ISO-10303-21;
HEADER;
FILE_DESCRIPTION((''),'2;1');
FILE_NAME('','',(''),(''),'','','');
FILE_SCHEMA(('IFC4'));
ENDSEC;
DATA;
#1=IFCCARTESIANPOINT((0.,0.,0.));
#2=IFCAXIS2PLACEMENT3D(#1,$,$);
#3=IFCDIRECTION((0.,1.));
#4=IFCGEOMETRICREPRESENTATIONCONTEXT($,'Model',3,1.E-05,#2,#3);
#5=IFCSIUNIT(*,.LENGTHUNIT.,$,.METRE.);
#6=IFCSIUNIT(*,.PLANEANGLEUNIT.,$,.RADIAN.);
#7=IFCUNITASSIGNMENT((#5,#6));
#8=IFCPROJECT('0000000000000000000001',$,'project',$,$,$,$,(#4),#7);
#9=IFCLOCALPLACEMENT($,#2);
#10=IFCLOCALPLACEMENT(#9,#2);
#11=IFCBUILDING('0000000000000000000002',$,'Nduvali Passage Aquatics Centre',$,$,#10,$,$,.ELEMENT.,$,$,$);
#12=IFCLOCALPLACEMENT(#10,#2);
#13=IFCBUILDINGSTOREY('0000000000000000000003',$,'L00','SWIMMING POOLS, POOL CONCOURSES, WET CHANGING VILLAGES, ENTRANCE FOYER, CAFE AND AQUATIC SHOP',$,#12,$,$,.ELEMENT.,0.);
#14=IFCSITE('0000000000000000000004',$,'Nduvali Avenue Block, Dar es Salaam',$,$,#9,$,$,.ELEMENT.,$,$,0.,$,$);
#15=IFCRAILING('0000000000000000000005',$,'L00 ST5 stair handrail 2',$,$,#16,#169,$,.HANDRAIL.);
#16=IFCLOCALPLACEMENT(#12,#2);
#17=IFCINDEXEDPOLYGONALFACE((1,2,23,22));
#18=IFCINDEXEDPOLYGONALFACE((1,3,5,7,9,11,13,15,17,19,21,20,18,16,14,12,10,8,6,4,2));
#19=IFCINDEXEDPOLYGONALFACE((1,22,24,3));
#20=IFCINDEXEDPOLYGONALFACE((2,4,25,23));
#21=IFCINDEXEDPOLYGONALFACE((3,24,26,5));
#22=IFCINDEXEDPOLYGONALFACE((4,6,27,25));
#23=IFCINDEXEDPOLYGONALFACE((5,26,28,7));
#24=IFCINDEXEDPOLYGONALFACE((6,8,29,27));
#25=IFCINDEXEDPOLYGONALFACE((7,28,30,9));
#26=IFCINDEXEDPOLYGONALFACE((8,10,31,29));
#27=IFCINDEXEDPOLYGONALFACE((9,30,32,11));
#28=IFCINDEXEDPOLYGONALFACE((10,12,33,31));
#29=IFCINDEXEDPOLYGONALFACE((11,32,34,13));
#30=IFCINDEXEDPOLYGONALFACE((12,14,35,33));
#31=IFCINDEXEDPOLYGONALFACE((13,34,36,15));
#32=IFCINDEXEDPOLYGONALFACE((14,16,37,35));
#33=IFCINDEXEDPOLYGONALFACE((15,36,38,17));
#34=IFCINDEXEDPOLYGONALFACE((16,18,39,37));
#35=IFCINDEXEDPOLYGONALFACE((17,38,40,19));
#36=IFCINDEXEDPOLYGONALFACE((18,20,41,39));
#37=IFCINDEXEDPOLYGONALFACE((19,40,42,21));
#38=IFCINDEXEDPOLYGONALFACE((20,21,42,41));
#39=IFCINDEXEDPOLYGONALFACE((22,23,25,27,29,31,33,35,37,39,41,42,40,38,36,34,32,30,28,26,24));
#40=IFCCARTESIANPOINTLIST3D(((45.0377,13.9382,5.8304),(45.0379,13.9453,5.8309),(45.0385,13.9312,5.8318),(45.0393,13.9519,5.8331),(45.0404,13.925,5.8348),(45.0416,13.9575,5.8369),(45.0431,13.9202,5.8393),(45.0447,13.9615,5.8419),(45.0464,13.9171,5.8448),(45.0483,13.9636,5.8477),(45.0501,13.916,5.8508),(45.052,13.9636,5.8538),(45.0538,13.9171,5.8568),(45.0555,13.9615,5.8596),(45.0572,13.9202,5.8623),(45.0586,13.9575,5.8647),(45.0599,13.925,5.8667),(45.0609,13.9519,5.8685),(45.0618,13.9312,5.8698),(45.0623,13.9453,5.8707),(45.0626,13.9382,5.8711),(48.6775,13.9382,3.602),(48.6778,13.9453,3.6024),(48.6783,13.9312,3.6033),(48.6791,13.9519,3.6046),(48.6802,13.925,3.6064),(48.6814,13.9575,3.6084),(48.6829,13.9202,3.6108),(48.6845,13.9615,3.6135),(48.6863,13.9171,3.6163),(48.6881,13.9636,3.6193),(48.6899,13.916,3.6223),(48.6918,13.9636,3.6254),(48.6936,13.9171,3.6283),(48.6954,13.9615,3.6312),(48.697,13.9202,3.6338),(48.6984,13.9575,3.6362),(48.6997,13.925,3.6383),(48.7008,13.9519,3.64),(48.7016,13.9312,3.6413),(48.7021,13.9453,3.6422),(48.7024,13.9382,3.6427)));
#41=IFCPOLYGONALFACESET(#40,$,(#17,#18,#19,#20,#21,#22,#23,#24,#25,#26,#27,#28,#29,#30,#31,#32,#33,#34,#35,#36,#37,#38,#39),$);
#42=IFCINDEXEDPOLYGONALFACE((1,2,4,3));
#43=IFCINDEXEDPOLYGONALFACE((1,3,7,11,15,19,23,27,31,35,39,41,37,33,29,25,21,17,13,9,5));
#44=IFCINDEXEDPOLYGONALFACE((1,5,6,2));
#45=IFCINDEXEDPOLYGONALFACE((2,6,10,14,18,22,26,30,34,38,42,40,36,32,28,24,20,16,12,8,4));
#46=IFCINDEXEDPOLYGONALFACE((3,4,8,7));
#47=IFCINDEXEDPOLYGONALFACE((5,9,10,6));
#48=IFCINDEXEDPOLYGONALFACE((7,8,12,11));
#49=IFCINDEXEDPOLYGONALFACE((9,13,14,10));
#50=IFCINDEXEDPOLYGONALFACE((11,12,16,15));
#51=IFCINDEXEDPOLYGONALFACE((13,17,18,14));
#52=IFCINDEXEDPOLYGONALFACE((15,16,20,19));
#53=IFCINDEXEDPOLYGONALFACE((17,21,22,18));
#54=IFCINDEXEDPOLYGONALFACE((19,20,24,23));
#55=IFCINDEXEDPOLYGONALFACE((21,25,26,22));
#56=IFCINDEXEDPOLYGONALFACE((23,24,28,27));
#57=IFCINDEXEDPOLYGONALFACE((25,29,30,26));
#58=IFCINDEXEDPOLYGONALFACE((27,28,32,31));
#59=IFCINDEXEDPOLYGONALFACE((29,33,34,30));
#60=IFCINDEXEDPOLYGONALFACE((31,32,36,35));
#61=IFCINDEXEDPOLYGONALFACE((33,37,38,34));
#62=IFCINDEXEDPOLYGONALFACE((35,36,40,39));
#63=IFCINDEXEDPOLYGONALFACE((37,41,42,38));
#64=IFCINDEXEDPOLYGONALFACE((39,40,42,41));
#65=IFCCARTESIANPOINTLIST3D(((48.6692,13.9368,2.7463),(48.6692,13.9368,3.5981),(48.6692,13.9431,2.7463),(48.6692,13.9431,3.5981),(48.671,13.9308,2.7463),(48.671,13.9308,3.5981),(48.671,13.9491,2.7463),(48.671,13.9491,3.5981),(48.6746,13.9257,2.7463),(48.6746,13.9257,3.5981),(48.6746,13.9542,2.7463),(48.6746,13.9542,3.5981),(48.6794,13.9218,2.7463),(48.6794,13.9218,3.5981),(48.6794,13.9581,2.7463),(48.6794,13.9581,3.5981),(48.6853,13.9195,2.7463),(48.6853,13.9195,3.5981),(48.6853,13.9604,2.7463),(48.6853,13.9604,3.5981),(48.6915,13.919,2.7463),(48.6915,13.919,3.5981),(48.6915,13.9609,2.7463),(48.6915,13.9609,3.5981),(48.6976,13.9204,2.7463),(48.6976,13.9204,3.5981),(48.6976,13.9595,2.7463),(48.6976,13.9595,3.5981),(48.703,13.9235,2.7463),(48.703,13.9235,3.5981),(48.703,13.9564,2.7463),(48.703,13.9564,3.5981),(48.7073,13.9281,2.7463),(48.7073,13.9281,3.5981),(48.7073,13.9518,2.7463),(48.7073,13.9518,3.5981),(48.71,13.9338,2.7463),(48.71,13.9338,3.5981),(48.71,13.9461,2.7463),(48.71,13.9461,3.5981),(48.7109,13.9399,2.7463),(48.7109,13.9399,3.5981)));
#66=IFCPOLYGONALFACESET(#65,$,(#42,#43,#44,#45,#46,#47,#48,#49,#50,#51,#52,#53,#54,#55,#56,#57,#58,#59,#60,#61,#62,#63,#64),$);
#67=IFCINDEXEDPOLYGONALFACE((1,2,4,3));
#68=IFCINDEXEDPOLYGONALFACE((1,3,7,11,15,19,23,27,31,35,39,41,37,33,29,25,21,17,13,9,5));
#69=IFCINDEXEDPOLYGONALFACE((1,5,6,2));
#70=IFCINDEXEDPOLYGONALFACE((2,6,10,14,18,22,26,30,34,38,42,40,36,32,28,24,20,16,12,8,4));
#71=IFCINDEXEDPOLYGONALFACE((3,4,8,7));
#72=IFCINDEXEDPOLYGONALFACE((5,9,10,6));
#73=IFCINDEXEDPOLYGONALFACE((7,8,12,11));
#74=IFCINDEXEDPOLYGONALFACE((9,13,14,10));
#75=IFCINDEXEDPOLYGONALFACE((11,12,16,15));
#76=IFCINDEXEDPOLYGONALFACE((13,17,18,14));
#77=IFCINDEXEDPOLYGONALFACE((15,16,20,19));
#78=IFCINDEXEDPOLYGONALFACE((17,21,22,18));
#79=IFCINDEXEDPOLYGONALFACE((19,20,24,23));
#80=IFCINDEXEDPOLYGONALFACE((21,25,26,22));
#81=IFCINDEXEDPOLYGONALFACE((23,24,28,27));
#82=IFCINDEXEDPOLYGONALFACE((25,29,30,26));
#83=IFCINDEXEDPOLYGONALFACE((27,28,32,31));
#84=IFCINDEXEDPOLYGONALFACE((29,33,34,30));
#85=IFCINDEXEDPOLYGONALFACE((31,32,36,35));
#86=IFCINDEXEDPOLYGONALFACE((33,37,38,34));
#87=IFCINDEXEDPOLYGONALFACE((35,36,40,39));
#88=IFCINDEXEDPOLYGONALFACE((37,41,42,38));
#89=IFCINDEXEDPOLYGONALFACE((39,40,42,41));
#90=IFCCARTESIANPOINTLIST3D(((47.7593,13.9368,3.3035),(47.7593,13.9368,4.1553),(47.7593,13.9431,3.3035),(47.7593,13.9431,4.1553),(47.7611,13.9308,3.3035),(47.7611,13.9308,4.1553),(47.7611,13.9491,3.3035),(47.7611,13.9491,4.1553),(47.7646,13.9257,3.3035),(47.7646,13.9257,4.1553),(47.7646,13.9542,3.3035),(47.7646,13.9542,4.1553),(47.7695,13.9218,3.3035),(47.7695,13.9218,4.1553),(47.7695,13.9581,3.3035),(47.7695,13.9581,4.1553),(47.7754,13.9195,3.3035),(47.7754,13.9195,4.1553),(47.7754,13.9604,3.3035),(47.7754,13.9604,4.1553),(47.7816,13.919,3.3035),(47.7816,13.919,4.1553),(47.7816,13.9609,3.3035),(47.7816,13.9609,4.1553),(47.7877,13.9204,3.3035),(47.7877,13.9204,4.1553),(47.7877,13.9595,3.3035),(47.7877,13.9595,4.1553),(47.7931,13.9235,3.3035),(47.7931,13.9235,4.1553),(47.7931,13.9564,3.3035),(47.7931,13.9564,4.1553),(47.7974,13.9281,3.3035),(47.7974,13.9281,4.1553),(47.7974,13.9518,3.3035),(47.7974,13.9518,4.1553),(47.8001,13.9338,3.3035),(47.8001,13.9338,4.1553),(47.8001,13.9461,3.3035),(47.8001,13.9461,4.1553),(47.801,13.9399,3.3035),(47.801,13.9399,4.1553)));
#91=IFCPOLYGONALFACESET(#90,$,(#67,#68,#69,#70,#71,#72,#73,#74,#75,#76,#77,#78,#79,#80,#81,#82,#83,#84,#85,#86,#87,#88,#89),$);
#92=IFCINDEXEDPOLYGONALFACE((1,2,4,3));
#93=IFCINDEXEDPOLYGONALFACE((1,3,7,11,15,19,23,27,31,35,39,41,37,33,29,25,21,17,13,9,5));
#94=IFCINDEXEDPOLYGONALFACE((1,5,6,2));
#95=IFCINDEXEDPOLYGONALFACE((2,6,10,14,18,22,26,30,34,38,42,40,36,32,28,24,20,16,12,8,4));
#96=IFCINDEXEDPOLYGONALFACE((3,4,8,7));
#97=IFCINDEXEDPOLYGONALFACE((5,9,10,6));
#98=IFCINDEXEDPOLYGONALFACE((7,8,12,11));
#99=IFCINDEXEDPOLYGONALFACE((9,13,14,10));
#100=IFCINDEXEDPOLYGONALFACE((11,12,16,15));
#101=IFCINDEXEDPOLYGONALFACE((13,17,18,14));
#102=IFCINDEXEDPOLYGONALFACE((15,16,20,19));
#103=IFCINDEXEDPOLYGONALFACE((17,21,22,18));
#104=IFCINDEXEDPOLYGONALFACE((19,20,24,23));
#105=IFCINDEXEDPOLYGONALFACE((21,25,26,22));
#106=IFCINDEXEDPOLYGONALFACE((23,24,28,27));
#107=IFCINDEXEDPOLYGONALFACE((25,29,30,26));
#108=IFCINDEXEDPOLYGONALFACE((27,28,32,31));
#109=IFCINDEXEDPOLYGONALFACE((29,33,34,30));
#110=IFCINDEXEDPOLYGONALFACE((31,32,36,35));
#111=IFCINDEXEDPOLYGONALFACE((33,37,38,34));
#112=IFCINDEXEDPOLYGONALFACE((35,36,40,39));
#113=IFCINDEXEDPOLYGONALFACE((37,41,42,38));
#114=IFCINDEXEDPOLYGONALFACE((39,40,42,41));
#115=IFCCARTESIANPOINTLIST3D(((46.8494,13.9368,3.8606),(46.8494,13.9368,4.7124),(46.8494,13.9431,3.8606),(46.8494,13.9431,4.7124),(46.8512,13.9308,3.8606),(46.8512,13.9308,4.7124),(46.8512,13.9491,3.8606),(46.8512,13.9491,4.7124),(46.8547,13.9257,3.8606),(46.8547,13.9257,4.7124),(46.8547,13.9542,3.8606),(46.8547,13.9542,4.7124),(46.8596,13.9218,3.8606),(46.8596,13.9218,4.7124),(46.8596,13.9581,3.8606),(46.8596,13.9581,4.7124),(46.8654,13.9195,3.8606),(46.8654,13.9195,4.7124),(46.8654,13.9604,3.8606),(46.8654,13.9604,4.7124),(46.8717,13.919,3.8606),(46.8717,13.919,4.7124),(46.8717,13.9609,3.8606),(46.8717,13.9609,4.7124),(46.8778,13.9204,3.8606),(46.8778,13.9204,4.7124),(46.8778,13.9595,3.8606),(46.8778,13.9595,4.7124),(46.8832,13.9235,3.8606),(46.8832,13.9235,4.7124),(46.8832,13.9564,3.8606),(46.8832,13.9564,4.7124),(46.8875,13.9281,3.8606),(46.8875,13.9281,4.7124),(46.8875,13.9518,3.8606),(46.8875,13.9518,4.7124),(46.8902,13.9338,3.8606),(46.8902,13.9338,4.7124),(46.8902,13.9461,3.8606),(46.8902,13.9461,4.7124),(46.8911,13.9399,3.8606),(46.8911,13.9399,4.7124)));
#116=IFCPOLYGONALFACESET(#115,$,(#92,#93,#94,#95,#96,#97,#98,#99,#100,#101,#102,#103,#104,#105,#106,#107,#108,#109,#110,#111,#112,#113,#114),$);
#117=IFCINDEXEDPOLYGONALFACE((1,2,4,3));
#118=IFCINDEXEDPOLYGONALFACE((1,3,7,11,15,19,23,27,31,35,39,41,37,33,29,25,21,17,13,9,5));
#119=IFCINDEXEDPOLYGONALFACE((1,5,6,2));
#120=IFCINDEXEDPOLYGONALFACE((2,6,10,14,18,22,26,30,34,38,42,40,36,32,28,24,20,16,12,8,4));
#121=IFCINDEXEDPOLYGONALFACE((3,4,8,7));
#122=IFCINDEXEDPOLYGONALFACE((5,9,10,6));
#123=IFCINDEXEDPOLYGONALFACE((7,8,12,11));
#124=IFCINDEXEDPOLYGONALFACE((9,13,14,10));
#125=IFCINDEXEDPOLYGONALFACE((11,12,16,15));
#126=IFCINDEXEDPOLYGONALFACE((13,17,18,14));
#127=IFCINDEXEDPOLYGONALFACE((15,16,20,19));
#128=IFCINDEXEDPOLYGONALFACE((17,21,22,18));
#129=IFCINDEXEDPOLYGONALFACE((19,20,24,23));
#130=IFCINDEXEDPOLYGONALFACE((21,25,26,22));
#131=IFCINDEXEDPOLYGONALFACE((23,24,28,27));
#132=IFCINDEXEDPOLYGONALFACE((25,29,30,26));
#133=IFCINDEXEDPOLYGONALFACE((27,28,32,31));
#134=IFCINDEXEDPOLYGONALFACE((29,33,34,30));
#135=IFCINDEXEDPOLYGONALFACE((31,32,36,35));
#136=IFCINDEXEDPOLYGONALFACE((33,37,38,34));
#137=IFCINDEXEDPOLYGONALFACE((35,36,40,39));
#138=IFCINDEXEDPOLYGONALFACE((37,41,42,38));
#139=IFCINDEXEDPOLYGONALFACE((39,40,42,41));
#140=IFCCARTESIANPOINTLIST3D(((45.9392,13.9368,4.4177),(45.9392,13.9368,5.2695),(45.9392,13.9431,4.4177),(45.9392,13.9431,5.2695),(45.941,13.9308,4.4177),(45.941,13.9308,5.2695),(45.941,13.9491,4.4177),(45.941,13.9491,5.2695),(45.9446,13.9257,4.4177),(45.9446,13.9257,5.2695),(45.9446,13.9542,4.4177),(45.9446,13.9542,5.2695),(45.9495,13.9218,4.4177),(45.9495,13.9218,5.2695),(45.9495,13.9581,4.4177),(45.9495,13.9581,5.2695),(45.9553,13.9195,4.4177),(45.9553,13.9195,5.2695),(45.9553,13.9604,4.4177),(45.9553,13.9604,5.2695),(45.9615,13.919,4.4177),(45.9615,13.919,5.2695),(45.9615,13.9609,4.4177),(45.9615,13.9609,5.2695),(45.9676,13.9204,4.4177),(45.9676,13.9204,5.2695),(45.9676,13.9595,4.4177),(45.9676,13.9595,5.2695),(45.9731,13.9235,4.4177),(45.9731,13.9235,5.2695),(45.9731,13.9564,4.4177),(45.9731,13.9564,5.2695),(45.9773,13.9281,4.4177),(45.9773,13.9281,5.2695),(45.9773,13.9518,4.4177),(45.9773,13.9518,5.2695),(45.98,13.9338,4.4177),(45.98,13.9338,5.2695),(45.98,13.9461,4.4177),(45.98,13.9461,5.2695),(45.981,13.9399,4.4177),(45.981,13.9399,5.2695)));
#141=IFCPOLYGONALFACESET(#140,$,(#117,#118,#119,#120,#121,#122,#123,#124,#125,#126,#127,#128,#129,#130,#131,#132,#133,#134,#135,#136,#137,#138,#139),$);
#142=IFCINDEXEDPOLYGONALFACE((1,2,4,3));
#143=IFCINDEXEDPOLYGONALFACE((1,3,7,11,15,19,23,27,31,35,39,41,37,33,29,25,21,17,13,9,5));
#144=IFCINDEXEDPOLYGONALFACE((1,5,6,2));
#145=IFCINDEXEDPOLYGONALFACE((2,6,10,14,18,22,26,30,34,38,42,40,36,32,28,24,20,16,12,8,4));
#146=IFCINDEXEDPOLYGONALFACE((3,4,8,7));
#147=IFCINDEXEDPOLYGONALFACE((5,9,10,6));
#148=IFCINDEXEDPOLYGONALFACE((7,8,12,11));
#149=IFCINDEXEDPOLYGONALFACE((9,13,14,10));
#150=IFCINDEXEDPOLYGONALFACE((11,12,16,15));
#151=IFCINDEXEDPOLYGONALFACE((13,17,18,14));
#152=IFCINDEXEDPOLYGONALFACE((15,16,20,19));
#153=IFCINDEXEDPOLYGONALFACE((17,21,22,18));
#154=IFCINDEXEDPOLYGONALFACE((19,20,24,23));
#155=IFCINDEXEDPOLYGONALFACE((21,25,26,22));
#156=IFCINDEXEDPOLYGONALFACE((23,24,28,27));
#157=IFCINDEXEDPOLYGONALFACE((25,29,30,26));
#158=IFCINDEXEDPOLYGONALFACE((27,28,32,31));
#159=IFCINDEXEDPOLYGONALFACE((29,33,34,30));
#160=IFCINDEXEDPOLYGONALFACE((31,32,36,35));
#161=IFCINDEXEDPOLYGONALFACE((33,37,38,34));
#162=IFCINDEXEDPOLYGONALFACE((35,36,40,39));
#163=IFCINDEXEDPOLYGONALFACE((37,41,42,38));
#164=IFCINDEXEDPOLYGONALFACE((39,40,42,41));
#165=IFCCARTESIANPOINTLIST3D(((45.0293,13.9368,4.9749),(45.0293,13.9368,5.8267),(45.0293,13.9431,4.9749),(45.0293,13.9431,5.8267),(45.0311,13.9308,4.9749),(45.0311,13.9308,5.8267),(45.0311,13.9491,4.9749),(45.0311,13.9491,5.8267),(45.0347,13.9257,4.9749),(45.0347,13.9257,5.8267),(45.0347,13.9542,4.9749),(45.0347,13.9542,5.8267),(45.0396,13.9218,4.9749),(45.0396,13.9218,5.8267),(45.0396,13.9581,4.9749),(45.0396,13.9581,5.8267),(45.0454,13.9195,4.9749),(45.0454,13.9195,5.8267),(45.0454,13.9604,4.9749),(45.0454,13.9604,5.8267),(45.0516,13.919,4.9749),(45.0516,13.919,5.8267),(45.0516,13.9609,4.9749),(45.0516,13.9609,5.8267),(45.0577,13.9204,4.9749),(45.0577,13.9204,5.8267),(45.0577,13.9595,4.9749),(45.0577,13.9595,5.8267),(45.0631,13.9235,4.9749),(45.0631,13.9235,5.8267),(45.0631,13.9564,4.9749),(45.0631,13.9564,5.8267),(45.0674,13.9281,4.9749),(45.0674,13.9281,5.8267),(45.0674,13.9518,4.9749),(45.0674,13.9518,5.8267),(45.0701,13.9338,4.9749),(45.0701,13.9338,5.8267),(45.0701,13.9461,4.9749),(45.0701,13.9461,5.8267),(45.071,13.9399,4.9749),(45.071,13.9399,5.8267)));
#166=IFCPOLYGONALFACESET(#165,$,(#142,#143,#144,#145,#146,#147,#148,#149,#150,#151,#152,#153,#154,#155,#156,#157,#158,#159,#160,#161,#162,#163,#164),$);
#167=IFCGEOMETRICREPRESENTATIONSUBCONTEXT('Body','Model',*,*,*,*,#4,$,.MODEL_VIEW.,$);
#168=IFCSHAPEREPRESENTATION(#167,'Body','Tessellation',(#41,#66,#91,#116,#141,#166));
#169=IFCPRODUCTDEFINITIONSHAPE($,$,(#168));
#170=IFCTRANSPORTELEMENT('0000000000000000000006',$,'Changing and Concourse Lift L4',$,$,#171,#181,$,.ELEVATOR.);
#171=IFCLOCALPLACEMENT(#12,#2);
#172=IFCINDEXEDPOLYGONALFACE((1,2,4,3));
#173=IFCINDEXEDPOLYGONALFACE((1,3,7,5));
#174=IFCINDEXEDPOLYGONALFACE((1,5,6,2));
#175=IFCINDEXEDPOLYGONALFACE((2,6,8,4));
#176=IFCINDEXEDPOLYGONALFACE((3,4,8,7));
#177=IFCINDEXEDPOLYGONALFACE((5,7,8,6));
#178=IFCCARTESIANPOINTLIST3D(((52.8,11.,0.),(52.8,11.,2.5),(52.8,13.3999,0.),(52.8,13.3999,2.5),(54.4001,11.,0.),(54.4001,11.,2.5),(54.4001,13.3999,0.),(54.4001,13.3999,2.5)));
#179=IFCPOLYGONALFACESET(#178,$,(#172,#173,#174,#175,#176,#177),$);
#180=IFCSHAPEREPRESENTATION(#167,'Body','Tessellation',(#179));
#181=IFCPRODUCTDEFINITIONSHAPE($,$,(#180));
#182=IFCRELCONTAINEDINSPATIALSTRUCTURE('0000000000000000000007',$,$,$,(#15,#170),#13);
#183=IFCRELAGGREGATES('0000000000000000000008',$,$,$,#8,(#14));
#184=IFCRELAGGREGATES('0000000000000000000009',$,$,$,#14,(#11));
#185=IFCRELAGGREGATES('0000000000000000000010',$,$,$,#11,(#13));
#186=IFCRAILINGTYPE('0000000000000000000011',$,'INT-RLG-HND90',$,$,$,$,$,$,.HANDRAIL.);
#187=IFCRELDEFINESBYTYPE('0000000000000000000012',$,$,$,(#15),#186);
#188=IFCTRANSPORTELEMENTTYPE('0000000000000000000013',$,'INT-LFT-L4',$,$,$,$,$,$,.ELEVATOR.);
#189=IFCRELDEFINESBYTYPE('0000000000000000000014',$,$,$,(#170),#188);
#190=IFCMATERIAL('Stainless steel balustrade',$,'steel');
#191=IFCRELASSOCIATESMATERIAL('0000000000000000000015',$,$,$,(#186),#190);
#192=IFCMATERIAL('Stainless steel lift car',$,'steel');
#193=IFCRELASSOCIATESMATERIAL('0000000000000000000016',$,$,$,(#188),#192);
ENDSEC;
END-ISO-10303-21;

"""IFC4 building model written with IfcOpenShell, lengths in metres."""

from ifc_helpers import new_model, si_unit, direction, frame, origin, origin_2d, place, context, subcontext, project, spatial, rectangle, circle, extrude, material, type_object, element, save


model = new_model("IFC4")

# Units and contexts
model_context = context("Model", 3, precision=1e-05, world=origin(), true_north=direction((0.0, 1.0)))
body_context = subcontext(model_context, "Body", "Model", "MODEL_VIEW")
ifc_project = project(units=[si_unit("LENGTHUNIT", "METRE"), si_unit("PLANEANGLEUNIT", "RADIAN")], contexts=[model_context])

# Site, building, storey
site_placement = place(None, origin())
site = spatial("IfcSite", under=ifc_project, at=site_placement, Name="Nduvali Avenue Block, Dar es Salaam", CompositionType="ELEMENT", RefElevation=0.0)
building_placement = place(site_placement, origin())
building = spatial("IfcBuilding", under=site, at=building_placement, Name="Nduvali Passage Aquatics Centre", CompositionType="ELEMENT")
storey_placement = place(building_placement, origin())
storey = spatial("IfcBuildingStorey", under=building, at=storey_placement, Name="L00", Description="SWIMMING POOLS, POOL CONCOURSES, WET CHANGING VILLAGES, ENTRANCE FOYER, CAFE AND AQUATIC SHOP", CompositionType="ELEMENT", Elevation=0.0)

# Railing
ifc_material_1 = material(Name="Stainless steel balustrade", Category="steel")
railing_type_1 = type_object("IfcRailingType", Name="INT-RLG-HND90", PredefinedType="HANDRAIL", material=ifc_material_1)
railing_1_placement = place(storey_placement, frame((48.6899, 13.9399, 2.7463)))
element("IfcRailing", 1, at=railing_1_placement, inside=storey, type_object=railing_type_1, Name="L00 ST5 stair handrail 2", PredefinedType="HANDRAIL", context=body_context, shape_type="SweptSolid", body=[
    extrude(circle(Radius=0.0239, at=origin_2d()), frame((0.0, 0.0, 0.876), z_axis=(-0.85285, 0.0, 0.522156), x_axis=(0.0, -1.0, 0.0)), (0.0, 0.0, 1.0), 4.2678),
    extrude(circle(Radius=0.021, at=origin_2d()), origin(), (0.0, 0.0, 1.0), 0.8518),
    extrude(circle(Radius=0.021, at=origin_2d()), frame((-0.9099, 0.0, 0.5571)), (0.0, 0.0, 1.0), 0.8518),
    extrude(circle(Radius=0.021, at=origin_2d()), frame((-1.8198, 0.0, 1.1143)), (0.0, 0.0, 1.0), 0.8518),
    extrude(circle(Radius=0.021, at=origin_2d()), frame((-2.73, 0.0, 1.6714)), (0.0, 0.0, 1.0), 0.8518),
    extrude(circle(Radius=0.021, at=origin_2d()), frame((-3.6399, 0.0, 2.2285)), (0.0, 0.0, 1.0), 0.8518),
])

# Transport element
ifc_material_2 = material(Name="Stainless steel lift car", Category="steel")
transport_element_type = type_object("IfcTransportElementType", Name="INT-LFT-L4", PredefinedType="ELEVATOR", material=ifc_material_2)
transport_element_placement = place(storey_placement, frame((53.6001, 12.2, 0.0), z_axis=(0.0, 0.0, 1.0), x_axis=(1.0, 0.0, 0.0)))
element("IfcTransportElement", 2, at=transport_element_placement, inside=storey, type_object=transport_element_type, Name="Changing and Concourse Lift L4", PredefinedType="ELEVATOR", context=body_context, shape_type="SweptSolid", body=[
    extrude(rectangle(XDim=1.6001, YDim=2.3999, at=origin_2d()), origin(), (0.0, 0.0, 1.0), 2.5),
])

save(model, "model.ifc")
